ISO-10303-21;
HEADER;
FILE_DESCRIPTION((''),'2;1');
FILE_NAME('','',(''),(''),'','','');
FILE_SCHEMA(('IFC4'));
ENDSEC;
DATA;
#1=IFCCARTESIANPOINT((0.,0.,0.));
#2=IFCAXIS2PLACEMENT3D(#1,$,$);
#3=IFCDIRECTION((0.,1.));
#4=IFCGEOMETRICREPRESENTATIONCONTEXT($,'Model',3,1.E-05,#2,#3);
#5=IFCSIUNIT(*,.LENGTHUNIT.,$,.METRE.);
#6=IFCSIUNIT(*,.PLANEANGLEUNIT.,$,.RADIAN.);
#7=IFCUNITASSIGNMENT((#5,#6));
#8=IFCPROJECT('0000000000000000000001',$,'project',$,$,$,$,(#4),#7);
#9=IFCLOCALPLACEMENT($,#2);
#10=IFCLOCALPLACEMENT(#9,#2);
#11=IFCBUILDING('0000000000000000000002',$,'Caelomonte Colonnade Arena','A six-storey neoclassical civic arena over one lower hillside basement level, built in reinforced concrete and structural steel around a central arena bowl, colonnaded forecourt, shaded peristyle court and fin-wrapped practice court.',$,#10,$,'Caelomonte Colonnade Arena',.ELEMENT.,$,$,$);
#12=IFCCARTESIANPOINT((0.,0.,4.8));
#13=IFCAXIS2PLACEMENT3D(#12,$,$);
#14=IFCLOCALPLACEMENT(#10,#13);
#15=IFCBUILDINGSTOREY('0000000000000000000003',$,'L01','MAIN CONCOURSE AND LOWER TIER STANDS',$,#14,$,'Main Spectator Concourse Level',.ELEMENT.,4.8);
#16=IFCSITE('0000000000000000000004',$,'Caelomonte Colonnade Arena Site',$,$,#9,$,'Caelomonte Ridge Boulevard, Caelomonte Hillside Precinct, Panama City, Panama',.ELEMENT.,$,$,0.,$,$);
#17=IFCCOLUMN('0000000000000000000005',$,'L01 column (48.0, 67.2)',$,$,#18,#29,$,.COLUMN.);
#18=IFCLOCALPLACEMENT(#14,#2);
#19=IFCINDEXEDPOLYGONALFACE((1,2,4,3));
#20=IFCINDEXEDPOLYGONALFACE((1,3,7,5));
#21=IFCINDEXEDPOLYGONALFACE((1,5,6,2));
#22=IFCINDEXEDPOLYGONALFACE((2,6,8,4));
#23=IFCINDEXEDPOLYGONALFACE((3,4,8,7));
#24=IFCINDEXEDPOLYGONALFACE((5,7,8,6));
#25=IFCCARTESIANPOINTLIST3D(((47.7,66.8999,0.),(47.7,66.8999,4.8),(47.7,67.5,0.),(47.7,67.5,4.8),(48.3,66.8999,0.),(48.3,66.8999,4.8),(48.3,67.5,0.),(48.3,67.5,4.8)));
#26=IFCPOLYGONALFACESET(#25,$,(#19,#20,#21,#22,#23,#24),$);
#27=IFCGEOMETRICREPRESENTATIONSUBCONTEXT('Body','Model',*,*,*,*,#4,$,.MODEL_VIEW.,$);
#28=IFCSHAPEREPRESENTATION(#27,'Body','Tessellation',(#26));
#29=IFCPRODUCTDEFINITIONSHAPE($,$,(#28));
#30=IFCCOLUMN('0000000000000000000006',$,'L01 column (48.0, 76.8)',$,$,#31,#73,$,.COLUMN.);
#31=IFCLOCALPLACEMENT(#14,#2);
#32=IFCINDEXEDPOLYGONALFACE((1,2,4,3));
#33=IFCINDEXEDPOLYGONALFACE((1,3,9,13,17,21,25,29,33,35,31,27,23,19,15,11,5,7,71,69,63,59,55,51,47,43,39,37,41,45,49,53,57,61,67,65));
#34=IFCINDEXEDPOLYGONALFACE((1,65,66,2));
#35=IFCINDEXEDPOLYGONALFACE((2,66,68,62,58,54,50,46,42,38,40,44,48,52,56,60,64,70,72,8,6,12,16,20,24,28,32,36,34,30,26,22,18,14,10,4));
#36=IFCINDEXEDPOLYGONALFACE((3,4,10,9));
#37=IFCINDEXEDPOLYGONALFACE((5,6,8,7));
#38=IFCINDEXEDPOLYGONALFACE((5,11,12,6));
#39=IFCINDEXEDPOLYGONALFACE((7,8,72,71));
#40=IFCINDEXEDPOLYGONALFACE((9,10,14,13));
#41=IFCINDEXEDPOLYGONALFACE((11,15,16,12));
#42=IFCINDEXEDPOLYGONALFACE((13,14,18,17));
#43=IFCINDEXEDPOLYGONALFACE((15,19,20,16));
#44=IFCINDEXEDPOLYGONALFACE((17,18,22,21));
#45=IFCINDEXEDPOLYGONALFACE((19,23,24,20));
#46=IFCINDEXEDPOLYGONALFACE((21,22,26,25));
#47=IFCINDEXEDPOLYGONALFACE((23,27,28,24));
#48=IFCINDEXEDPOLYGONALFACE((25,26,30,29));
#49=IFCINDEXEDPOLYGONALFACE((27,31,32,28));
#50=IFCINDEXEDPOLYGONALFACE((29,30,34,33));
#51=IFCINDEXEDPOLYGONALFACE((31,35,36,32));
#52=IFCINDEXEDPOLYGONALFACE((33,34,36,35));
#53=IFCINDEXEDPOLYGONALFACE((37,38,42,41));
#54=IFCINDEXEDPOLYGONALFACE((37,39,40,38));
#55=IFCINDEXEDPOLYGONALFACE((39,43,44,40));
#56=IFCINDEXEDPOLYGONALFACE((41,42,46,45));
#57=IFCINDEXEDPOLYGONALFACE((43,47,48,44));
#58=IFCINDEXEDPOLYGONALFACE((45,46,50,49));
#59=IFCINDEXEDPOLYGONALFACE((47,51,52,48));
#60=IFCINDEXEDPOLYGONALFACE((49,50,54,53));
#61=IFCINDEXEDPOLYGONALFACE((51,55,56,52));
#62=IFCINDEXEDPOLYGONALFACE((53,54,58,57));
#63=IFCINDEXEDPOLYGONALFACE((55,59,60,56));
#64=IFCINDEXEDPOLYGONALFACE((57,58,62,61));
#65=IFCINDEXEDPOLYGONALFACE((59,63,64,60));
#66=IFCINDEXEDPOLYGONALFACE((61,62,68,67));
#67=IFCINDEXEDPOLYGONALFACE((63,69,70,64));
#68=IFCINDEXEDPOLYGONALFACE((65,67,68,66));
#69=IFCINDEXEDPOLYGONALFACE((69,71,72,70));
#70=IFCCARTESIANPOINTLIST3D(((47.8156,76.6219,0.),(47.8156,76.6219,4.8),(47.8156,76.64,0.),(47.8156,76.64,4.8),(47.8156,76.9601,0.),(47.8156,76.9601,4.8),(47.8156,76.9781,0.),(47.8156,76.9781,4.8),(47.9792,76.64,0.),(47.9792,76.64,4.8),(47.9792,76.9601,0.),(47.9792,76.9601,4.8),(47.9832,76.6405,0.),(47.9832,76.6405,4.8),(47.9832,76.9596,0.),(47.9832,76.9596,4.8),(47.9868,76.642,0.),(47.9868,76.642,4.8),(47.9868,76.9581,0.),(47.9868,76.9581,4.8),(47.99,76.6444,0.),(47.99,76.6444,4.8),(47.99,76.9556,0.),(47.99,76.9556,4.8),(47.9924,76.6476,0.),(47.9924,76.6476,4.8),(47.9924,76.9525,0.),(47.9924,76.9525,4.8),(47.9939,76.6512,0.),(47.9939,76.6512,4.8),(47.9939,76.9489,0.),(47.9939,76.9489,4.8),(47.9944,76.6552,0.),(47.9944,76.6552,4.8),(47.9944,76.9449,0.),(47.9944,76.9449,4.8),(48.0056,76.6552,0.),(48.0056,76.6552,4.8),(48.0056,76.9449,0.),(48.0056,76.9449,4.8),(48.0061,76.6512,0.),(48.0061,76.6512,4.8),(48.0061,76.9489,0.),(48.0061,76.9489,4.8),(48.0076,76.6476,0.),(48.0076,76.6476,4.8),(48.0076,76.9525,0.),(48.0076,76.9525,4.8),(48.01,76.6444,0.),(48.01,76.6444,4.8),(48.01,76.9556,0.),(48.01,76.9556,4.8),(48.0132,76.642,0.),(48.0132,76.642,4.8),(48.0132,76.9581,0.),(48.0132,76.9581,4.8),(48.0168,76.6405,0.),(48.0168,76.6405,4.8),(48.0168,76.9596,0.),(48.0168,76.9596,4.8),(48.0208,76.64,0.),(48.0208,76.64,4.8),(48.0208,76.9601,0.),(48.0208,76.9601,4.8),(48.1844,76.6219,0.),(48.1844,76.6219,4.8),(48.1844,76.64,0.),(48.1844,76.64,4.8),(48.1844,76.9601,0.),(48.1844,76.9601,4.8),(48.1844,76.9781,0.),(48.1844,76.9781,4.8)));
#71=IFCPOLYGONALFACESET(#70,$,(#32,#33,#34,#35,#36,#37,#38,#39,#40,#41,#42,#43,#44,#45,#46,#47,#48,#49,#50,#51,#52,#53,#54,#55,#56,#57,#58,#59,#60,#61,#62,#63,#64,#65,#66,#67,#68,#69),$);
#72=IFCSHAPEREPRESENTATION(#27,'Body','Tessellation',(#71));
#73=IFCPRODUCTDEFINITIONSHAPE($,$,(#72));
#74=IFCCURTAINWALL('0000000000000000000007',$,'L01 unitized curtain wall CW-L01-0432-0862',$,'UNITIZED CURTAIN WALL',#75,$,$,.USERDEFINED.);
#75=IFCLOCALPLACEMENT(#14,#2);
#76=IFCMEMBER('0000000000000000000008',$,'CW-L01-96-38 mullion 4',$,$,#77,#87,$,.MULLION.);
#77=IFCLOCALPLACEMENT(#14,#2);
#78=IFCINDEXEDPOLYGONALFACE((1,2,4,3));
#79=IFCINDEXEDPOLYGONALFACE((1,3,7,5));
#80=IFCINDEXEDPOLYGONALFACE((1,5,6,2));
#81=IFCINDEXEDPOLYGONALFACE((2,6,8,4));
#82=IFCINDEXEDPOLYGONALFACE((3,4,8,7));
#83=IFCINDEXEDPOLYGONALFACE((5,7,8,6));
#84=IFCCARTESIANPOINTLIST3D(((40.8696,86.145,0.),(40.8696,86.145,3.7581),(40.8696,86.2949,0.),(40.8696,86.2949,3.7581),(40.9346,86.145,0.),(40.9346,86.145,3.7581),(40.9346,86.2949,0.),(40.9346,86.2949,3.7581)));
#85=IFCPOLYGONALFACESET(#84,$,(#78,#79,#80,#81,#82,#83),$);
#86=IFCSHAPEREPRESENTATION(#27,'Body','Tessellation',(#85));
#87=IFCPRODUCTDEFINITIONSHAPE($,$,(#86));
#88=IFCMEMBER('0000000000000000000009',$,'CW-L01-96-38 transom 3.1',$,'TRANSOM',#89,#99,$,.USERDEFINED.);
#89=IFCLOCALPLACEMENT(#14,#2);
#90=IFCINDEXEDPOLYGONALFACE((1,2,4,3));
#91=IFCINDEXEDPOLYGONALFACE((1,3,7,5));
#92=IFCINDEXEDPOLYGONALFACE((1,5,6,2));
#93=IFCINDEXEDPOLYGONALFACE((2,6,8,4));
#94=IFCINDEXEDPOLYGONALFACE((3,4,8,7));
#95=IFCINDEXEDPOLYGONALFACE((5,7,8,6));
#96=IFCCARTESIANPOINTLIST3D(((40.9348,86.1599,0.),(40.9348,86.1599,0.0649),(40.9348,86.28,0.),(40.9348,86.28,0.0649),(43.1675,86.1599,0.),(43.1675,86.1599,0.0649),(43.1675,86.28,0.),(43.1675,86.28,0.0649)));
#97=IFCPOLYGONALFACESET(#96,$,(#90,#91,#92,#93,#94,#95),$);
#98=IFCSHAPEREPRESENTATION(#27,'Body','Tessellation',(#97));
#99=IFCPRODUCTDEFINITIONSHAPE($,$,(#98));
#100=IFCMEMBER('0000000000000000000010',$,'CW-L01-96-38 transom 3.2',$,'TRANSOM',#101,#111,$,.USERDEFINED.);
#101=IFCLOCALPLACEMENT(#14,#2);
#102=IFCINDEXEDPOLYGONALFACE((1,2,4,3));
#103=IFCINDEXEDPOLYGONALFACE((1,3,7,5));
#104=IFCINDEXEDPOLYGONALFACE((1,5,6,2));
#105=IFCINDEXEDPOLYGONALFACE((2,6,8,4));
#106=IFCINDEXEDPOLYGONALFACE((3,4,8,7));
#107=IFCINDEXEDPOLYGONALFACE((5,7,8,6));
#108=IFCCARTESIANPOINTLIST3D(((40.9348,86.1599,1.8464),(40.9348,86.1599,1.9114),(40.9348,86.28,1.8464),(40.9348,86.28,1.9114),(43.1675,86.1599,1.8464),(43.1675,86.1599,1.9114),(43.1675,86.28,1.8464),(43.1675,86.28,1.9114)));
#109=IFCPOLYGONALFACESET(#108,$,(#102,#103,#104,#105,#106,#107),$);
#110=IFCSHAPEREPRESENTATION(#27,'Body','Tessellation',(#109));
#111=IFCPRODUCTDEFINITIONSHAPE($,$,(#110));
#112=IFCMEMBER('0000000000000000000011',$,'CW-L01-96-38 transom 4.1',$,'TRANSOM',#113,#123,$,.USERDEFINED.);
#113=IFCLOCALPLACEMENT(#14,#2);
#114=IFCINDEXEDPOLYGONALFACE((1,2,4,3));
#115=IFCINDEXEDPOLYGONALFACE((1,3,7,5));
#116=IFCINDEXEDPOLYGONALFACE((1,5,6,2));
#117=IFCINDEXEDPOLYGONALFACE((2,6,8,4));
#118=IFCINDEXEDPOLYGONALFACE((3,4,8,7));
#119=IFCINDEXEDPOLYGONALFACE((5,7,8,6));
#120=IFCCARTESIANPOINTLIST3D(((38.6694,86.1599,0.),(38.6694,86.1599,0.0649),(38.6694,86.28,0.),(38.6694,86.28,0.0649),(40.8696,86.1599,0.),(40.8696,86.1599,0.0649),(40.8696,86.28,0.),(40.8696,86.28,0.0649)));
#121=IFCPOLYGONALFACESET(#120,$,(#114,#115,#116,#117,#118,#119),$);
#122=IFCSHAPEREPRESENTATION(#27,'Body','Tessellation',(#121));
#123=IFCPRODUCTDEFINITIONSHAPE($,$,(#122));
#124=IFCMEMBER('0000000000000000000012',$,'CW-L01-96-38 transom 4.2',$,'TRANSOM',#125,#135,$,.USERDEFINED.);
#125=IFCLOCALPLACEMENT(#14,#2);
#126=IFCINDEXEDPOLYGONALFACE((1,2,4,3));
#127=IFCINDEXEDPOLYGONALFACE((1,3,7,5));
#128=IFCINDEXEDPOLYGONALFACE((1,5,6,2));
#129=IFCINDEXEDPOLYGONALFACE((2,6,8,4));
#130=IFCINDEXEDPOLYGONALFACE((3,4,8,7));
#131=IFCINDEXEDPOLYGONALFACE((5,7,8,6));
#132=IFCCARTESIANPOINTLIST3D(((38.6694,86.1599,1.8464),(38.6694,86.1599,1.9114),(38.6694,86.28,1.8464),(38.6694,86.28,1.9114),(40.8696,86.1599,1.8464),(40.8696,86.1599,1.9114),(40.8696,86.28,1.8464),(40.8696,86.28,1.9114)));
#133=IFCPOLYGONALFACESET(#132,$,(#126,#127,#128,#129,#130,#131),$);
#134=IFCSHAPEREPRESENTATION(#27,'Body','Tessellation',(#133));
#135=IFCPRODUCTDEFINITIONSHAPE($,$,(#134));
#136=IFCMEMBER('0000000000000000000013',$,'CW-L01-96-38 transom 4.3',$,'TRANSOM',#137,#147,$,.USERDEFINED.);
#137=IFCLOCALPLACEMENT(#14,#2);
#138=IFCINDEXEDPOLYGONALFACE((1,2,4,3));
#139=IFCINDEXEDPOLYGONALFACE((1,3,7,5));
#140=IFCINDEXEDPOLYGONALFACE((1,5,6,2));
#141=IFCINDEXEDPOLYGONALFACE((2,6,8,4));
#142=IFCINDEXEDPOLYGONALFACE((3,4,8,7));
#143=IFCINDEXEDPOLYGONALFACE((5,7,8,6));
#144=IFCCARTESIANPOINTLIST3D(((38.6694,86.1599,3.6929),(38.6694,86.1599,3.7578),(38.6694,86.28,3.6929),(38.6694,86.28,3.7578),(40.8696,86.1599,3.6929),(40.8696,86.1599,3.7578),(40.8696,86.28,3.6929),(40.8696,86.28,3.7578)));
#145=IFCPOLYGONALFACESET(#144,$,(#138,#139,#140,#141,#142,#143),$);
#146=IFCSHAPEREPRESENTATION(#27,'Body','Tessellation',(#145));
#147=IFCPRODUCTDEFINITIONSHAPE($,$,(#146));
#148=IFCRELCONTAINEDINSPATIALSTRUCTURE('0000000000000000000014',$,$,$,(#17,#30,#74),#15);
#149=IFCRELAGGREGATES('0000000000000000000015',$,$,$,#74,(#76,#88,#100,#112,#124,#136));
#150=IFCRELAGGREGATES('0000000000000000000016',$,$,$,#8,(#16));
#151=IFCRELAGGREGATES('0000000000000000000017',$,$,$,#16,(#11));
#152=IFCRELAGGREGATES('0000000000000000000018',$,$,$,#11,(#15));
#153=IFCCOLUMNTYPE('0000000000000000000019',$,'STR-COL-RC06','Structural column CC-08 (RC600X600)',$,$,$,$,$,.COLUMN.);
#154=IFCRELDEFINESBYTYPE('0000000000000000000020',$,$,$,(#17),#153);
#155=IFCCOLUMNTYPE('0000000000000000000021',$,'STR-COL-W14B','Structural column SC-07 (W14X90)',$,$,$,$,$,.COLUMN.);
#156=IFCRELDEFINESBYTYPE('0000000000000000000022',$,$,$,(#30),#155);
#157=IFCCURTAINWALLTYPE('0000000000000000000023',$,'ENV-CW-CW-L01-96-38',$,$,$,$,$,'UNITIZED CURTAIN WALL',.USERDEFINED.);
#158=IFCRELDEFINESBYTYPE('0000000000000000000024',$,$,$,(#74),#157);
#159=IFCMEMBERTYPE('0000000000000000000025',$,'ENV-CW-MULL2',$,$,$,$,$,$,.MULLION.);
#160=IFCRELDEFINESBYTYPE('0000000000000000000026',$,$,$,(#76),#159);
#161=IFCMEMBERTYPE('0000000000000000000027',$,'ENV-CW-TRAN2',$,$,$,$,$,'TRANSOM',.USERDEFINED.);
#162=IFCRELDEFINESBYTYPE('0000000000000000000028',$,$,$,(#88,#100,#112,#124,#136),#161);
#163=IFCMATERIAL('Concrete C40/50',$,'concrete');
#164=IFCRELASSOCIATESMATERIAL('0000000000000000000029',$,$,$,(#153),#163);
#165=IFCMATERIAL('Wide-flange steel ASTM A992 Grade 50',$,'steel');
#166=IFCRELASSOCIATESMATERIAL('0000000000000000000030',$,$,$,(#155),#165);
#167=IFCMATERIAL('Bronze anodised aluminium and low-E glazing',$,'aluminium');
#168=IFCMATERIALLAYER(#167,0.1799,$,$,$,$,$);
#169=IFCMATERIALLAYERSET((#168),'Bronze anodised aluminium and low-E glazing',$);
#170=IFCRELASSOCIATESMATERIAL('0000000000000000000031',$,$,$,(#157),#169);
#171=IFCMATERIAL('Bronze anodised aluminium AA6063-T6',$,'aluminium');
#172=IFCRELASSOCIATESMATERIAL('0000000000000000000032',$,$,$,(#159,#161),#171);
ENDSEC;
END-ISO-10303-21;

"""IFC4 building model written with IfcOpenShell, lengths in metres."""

from ifc_helpers import new_model, si_unit, direction, frame, origin, origin_2d, place, context, subcontext, project, spatial, rectangle, i_section, extrude, material, layer, layer_set, material_profile, profile_set, type_object, element, aggregate, save


model = new_model("IFC4")

# Units and contexts
model_context = context("Model", 3, precision=1e-05, world=origin(), true_north=direction((0.0, 1.0)))
body_context = subcontext(model_context, "Body", "Model", "MODEL_VIEW")
ifc_project = project(units=[si_unit("LENGTHUNIT", "METRE"), si_unit("PLANEANGLEUNIT", "RADIAN")], contexts=[model_context])

# Site, building, storey
site_placement = place(None, origin())
site = spatial("IfcSite", under=ifc_project, at=site_placement, Name="Caelomonte Colonnade Arena Site", LongName="Caelomonte Ridge Boulevard, Caelomonte Hillside Precinct, Panama City, Panama", CompositionType="ELEMENT", RefElevation=0.0)
building_placement = place(site_placement, origin())
building = spatial("IfcBuilding", under=site, at=building_placement, Name="Caelomonte Colonnade Arena", Description="A six-storey neoclassical civic arena over one lower hillside basement level, built in reinforced concrete and structural steel around a central arena bowl, colonnaded forecourt, shaded peristyle court and fin-wrapped practice court.", LongName="Caelomonte Colonnade Arena", CompositionType="ELEMENT")
storey_placement = place(building_placement, frame((0.0, 0.0, 4.8)))
storey = spatial("IfcBuildingStorey", under=building, at=storey_placement, Name="L01", Description="MAIN CONCOURSE AND LOWER TIER STANDS", LongName="Main Spectator Concourse Level", CompositionType="ELEMENT", Elevation=4.8)

# Columns
ifc_material_1 = material(Name="Concrete C40/50", Category="concrete")
ifc_material_profile_1 = material_profile(ifc_material_1, rectangle(XDim=0.6001, YDim=0.6001, at=origin_2d()), Name="RC600X600")
ifc_profile_set_1 = profile_set([ifc_material_profile_1], Name="Concrete C40/50")
column_type_1 = type_object("IfcColumnType", Name="STR-COL-RC06", Description="Structural column CC-08 (RC600X600)", PredefinedType="COLUMN", material=ifc_profile_set_1)
column_1_placement = place(storey_placement, frame((48.0, 67.2, 0.0), z_axis=(0.0, 0.0, 1.0), x_axis=(1.0, 0.0, 0.0)))
element("IfcColumn", 1, at=column_1_placement, inside=storey, type_object=column_type_1, Name="L01 column (48.0, 67.2)", PredefinedType="COLUMN", context=body_context, shape_type="SweptSolid", body=[
    extrude(rectangle(XDim=0.6001, YDim=0.6001, at=origin_2d()), origin(), (0.0, 0.0, 1.0), 4.8),
])
ifc_material_2 = material(Name="Wide-flange steel ASTM A992 Grade 50", Category="steel")
ifc_material_profile_2 = material_profile(ifc_material_2, i_section(OverallWidth=0.3689, OverallDepth=0.3562, WebThickness=0.0112, FlangeThickness=0.0181, FilletRadius=0.0151, at=origin_2d()), Name="W14X90")
ifc_profile_set_2 = profile_set([ifc_material_profile_2], Name="Wide-flange steel ASTM A992 Grade 50")
column_type_2 = type_object("IfcColumnType", Name="STR-COL-W14B", Description="Structural column SC-07 (W14X90)", PredefinedType="COLUMN", material=ifc_profile_set_2)
column_2_placement = place(storey_placement, frame((48.0, 76.8, 0.0), z_axis=(0.0, 0.0, 1.0), x_axis=(1.0, 0.0, 0.0)))
element("IfcColumn", 2, at=column_2_placement, inside=storey, type_object=column_type_2, Name="L01 column (48.0, 76.8)", PredefinedType="COLUMN", context=body_context, shape_type="SweptSolid", body=[
    extrude(i_section(OverallWidth=0.3689, OverallDepth=0.3562, WebThickness=0.0112, FlangeThickness=0.0181, FilletRadius=0.0151, at=origin_2d()), origin(), (0.0, 0.0, 1.0), 4.8),
])

# Curtain wall, members
ifc_material_3 = material(Name="Bronze anodised aluminium and low-E glazing", Category="aluminium")
ifc_layer_1 = layer(ifc_material_3, 0.1799)
ifc_layer_set_1 = layer_set([ifc_layer_1], Name="Bronze anodised aluminium and low-E glazing")
curtain_wall_type = type_object("IfcCurtainWallType", Name="ENV-CW-CW-L01-96-38", ElementType="UNITIZED CURTAIN WALL", PredefinedType="USERDEFINED", material=ifc_layer_set_1)
curtain_wall_placement = place(storey_placement, origin())
curtain_wall = element("IfcCurtainWall", 3, at=curtain_wall_placement, inside=storey, type_object=curtain_wall_type, Name="L01 unitized curtain wall CW-L01-0432-0862", ObjectType="UNITIZED CURTAIN WALL", PredefinedType="USERDEFINED")
ifc_material_4 = material(Name="Bronze anodised aluminium AA6063-T6", Category="aluminium")
ifc_material_profile_3 = material_profile(ifc_material_4, rectangle(XDim=0.0649, YDim=0.1499, at=origin_2d()), Name="CWM-65X150")
ifc_profile_set_3 = profile_set([ifc_material_profile_3], Name="Bronze anodised aluminium AA6063-T6")
member_type_1 = type_object("IfcMemberType", Name="ENV-CW-MULL2", PredefinedType="MULLION", material=ifc_profile_set_3)
member_1_placement = place(storey_placement, frame((40.9021, 86.22, 0.0), z_axis=(0.0, 0.0, 1.0), x_axis=(-1.0, 0.0, 0.0)))
member_1 = element("IfcMember", 4, at=member_1_placement, type_object=member_type_1, Name="CW-L01-96-38 mullion 4", PredefinedType="MULLION", context=body_context, shape_type="SweptSolid", body=[
    extrude(rectangle(XDim=0.0649, YDim=0.1499, at=origin_2d()), origin(), (0.0, 0.0, 1.0), 3.7581),
])
ifc_material_profile_4 = material_profile(ifc_material_4, rectangle(XDim=0.0649, YDim=0.1201, at=origin_2d()), Name="CWT-65X120")
ifc_profile_set_4 = profile_set([ifc_material_profile_4], Name="Bronze anodised aluminium AA6063-T6")
member_type_2 = type_object("IfcMemberType", Name="ENV-CW-TRAN2", ElementType="TRANSOM", PredefinedType="USERDEFINED", material=ifc_profile_set_4)
member_2_placement = place(storey_placement, frame((43.1675, 86.22, 0.0325), z_axis=(-1.0, 0.0, 0.0), x_axis=(0.0, 0.0, 1.0)))
member_2 = element("IfcMember", 5, at=member_2_placement, type_object=member_type_2, Name="CW-L01-96-38 transom 3.1", ObjectType="TRANSOM", PredefinedType="USERDEFINED", context=body_context, shape_type="SweptSolid", body=[
    extrude(rectangle(XDim=0.0649, YDim=0.1201, at=origin_2d()), origin(), (0.0, 0.0, 1.0), 2.2327),
])
member_3_placement = place(storey_placement, frame((43.1675, 86.22, 1.8789), z_axis=(-1.0, 0.0, 0.0), x_axis=(0.0, 0.0, 1.0)))
member_3 = element("IfcMember", 6, at=member_3_placement, type_object=member_type_2, Name="CW-L01-96-38 transom 3.2", ObjectType="TRANSOM", PredefinedType="USERDEFINED", context=body_context, shape_type="SweptSolid", body=[
    extrude(rectangle(XDim=0.0649, YDim=0.1201, at=origin_2d()), origin(), (0.0, 0.0, 1.0), 2.2327),
])
member_4_placement = place(storey_placement, frame((40.8696, 86.22, 0.0325), z_axis=(-1.0, 0.0, 0.0), x_axis=(0.0, 0.0, 1.0)))
member_4 = element("IfcMember", 7, at=member_4_placement, type_object=member_type_2, Name="CW-L01-96-38 transom 4.1", ObjectType="TRANSOM", PredefinedType="USERDEFINED", context=body_context, shape_type="SweptSolid", body=[
    extrude(rectangle(XDim=0.0649, YDim=0.1201, at=origin_2d()), origin(), (0.0, 0.0, 1.0), 2.2002),
])
member_5_placement = place(storey_placement, frame((40.8696, 86.22, 1.8789), z_axis=(-1.0, 0.0, 0.0), x_axis=(0.0, 0.0, 1.0)))
member_5 = element("IfcMember", 8, at=member_5_placement, type_object=member_type_2, Name="CW-L01-96-38 transom 4.2", ObjectType="TRANSOM", PredefinedType="USERDEFINED", context=body_context, shape_type="SweptSolid", body=[
    extrude(rectangle(XDim=0.0649, YDim=0.1201, at=origin_2d()), origin(), (0.0, 0.0, 1.0), 2.2002),
])
member_6_placement = place(storey_placement, frame((40.8696, 86.22, 3.7253), z_axis=(-1.0, 0.0, 0.0), x_axis=(0.0, 0.0, 1.0)))
member_6 = element("IfcMember", 9, at=member_6_placement, type_object=member_type_2, Name="CW-L01-96-38 transom 4.3", ObjectType="TRANSOM", PredefinedType="USERDEFINED", context=body_context, shape_type="SweptSolid", body=[
    extrude(rectangle(XDim=0.0649, YDim=0.1201, at=origin_2d()), origin(), (0.0, 0.0, 1.0), 2.2002),
])

aggregate(curtain_wall, [member_1, member_2, member_3, member_4, member_5, member_6])

save(model, "model.ifc")
